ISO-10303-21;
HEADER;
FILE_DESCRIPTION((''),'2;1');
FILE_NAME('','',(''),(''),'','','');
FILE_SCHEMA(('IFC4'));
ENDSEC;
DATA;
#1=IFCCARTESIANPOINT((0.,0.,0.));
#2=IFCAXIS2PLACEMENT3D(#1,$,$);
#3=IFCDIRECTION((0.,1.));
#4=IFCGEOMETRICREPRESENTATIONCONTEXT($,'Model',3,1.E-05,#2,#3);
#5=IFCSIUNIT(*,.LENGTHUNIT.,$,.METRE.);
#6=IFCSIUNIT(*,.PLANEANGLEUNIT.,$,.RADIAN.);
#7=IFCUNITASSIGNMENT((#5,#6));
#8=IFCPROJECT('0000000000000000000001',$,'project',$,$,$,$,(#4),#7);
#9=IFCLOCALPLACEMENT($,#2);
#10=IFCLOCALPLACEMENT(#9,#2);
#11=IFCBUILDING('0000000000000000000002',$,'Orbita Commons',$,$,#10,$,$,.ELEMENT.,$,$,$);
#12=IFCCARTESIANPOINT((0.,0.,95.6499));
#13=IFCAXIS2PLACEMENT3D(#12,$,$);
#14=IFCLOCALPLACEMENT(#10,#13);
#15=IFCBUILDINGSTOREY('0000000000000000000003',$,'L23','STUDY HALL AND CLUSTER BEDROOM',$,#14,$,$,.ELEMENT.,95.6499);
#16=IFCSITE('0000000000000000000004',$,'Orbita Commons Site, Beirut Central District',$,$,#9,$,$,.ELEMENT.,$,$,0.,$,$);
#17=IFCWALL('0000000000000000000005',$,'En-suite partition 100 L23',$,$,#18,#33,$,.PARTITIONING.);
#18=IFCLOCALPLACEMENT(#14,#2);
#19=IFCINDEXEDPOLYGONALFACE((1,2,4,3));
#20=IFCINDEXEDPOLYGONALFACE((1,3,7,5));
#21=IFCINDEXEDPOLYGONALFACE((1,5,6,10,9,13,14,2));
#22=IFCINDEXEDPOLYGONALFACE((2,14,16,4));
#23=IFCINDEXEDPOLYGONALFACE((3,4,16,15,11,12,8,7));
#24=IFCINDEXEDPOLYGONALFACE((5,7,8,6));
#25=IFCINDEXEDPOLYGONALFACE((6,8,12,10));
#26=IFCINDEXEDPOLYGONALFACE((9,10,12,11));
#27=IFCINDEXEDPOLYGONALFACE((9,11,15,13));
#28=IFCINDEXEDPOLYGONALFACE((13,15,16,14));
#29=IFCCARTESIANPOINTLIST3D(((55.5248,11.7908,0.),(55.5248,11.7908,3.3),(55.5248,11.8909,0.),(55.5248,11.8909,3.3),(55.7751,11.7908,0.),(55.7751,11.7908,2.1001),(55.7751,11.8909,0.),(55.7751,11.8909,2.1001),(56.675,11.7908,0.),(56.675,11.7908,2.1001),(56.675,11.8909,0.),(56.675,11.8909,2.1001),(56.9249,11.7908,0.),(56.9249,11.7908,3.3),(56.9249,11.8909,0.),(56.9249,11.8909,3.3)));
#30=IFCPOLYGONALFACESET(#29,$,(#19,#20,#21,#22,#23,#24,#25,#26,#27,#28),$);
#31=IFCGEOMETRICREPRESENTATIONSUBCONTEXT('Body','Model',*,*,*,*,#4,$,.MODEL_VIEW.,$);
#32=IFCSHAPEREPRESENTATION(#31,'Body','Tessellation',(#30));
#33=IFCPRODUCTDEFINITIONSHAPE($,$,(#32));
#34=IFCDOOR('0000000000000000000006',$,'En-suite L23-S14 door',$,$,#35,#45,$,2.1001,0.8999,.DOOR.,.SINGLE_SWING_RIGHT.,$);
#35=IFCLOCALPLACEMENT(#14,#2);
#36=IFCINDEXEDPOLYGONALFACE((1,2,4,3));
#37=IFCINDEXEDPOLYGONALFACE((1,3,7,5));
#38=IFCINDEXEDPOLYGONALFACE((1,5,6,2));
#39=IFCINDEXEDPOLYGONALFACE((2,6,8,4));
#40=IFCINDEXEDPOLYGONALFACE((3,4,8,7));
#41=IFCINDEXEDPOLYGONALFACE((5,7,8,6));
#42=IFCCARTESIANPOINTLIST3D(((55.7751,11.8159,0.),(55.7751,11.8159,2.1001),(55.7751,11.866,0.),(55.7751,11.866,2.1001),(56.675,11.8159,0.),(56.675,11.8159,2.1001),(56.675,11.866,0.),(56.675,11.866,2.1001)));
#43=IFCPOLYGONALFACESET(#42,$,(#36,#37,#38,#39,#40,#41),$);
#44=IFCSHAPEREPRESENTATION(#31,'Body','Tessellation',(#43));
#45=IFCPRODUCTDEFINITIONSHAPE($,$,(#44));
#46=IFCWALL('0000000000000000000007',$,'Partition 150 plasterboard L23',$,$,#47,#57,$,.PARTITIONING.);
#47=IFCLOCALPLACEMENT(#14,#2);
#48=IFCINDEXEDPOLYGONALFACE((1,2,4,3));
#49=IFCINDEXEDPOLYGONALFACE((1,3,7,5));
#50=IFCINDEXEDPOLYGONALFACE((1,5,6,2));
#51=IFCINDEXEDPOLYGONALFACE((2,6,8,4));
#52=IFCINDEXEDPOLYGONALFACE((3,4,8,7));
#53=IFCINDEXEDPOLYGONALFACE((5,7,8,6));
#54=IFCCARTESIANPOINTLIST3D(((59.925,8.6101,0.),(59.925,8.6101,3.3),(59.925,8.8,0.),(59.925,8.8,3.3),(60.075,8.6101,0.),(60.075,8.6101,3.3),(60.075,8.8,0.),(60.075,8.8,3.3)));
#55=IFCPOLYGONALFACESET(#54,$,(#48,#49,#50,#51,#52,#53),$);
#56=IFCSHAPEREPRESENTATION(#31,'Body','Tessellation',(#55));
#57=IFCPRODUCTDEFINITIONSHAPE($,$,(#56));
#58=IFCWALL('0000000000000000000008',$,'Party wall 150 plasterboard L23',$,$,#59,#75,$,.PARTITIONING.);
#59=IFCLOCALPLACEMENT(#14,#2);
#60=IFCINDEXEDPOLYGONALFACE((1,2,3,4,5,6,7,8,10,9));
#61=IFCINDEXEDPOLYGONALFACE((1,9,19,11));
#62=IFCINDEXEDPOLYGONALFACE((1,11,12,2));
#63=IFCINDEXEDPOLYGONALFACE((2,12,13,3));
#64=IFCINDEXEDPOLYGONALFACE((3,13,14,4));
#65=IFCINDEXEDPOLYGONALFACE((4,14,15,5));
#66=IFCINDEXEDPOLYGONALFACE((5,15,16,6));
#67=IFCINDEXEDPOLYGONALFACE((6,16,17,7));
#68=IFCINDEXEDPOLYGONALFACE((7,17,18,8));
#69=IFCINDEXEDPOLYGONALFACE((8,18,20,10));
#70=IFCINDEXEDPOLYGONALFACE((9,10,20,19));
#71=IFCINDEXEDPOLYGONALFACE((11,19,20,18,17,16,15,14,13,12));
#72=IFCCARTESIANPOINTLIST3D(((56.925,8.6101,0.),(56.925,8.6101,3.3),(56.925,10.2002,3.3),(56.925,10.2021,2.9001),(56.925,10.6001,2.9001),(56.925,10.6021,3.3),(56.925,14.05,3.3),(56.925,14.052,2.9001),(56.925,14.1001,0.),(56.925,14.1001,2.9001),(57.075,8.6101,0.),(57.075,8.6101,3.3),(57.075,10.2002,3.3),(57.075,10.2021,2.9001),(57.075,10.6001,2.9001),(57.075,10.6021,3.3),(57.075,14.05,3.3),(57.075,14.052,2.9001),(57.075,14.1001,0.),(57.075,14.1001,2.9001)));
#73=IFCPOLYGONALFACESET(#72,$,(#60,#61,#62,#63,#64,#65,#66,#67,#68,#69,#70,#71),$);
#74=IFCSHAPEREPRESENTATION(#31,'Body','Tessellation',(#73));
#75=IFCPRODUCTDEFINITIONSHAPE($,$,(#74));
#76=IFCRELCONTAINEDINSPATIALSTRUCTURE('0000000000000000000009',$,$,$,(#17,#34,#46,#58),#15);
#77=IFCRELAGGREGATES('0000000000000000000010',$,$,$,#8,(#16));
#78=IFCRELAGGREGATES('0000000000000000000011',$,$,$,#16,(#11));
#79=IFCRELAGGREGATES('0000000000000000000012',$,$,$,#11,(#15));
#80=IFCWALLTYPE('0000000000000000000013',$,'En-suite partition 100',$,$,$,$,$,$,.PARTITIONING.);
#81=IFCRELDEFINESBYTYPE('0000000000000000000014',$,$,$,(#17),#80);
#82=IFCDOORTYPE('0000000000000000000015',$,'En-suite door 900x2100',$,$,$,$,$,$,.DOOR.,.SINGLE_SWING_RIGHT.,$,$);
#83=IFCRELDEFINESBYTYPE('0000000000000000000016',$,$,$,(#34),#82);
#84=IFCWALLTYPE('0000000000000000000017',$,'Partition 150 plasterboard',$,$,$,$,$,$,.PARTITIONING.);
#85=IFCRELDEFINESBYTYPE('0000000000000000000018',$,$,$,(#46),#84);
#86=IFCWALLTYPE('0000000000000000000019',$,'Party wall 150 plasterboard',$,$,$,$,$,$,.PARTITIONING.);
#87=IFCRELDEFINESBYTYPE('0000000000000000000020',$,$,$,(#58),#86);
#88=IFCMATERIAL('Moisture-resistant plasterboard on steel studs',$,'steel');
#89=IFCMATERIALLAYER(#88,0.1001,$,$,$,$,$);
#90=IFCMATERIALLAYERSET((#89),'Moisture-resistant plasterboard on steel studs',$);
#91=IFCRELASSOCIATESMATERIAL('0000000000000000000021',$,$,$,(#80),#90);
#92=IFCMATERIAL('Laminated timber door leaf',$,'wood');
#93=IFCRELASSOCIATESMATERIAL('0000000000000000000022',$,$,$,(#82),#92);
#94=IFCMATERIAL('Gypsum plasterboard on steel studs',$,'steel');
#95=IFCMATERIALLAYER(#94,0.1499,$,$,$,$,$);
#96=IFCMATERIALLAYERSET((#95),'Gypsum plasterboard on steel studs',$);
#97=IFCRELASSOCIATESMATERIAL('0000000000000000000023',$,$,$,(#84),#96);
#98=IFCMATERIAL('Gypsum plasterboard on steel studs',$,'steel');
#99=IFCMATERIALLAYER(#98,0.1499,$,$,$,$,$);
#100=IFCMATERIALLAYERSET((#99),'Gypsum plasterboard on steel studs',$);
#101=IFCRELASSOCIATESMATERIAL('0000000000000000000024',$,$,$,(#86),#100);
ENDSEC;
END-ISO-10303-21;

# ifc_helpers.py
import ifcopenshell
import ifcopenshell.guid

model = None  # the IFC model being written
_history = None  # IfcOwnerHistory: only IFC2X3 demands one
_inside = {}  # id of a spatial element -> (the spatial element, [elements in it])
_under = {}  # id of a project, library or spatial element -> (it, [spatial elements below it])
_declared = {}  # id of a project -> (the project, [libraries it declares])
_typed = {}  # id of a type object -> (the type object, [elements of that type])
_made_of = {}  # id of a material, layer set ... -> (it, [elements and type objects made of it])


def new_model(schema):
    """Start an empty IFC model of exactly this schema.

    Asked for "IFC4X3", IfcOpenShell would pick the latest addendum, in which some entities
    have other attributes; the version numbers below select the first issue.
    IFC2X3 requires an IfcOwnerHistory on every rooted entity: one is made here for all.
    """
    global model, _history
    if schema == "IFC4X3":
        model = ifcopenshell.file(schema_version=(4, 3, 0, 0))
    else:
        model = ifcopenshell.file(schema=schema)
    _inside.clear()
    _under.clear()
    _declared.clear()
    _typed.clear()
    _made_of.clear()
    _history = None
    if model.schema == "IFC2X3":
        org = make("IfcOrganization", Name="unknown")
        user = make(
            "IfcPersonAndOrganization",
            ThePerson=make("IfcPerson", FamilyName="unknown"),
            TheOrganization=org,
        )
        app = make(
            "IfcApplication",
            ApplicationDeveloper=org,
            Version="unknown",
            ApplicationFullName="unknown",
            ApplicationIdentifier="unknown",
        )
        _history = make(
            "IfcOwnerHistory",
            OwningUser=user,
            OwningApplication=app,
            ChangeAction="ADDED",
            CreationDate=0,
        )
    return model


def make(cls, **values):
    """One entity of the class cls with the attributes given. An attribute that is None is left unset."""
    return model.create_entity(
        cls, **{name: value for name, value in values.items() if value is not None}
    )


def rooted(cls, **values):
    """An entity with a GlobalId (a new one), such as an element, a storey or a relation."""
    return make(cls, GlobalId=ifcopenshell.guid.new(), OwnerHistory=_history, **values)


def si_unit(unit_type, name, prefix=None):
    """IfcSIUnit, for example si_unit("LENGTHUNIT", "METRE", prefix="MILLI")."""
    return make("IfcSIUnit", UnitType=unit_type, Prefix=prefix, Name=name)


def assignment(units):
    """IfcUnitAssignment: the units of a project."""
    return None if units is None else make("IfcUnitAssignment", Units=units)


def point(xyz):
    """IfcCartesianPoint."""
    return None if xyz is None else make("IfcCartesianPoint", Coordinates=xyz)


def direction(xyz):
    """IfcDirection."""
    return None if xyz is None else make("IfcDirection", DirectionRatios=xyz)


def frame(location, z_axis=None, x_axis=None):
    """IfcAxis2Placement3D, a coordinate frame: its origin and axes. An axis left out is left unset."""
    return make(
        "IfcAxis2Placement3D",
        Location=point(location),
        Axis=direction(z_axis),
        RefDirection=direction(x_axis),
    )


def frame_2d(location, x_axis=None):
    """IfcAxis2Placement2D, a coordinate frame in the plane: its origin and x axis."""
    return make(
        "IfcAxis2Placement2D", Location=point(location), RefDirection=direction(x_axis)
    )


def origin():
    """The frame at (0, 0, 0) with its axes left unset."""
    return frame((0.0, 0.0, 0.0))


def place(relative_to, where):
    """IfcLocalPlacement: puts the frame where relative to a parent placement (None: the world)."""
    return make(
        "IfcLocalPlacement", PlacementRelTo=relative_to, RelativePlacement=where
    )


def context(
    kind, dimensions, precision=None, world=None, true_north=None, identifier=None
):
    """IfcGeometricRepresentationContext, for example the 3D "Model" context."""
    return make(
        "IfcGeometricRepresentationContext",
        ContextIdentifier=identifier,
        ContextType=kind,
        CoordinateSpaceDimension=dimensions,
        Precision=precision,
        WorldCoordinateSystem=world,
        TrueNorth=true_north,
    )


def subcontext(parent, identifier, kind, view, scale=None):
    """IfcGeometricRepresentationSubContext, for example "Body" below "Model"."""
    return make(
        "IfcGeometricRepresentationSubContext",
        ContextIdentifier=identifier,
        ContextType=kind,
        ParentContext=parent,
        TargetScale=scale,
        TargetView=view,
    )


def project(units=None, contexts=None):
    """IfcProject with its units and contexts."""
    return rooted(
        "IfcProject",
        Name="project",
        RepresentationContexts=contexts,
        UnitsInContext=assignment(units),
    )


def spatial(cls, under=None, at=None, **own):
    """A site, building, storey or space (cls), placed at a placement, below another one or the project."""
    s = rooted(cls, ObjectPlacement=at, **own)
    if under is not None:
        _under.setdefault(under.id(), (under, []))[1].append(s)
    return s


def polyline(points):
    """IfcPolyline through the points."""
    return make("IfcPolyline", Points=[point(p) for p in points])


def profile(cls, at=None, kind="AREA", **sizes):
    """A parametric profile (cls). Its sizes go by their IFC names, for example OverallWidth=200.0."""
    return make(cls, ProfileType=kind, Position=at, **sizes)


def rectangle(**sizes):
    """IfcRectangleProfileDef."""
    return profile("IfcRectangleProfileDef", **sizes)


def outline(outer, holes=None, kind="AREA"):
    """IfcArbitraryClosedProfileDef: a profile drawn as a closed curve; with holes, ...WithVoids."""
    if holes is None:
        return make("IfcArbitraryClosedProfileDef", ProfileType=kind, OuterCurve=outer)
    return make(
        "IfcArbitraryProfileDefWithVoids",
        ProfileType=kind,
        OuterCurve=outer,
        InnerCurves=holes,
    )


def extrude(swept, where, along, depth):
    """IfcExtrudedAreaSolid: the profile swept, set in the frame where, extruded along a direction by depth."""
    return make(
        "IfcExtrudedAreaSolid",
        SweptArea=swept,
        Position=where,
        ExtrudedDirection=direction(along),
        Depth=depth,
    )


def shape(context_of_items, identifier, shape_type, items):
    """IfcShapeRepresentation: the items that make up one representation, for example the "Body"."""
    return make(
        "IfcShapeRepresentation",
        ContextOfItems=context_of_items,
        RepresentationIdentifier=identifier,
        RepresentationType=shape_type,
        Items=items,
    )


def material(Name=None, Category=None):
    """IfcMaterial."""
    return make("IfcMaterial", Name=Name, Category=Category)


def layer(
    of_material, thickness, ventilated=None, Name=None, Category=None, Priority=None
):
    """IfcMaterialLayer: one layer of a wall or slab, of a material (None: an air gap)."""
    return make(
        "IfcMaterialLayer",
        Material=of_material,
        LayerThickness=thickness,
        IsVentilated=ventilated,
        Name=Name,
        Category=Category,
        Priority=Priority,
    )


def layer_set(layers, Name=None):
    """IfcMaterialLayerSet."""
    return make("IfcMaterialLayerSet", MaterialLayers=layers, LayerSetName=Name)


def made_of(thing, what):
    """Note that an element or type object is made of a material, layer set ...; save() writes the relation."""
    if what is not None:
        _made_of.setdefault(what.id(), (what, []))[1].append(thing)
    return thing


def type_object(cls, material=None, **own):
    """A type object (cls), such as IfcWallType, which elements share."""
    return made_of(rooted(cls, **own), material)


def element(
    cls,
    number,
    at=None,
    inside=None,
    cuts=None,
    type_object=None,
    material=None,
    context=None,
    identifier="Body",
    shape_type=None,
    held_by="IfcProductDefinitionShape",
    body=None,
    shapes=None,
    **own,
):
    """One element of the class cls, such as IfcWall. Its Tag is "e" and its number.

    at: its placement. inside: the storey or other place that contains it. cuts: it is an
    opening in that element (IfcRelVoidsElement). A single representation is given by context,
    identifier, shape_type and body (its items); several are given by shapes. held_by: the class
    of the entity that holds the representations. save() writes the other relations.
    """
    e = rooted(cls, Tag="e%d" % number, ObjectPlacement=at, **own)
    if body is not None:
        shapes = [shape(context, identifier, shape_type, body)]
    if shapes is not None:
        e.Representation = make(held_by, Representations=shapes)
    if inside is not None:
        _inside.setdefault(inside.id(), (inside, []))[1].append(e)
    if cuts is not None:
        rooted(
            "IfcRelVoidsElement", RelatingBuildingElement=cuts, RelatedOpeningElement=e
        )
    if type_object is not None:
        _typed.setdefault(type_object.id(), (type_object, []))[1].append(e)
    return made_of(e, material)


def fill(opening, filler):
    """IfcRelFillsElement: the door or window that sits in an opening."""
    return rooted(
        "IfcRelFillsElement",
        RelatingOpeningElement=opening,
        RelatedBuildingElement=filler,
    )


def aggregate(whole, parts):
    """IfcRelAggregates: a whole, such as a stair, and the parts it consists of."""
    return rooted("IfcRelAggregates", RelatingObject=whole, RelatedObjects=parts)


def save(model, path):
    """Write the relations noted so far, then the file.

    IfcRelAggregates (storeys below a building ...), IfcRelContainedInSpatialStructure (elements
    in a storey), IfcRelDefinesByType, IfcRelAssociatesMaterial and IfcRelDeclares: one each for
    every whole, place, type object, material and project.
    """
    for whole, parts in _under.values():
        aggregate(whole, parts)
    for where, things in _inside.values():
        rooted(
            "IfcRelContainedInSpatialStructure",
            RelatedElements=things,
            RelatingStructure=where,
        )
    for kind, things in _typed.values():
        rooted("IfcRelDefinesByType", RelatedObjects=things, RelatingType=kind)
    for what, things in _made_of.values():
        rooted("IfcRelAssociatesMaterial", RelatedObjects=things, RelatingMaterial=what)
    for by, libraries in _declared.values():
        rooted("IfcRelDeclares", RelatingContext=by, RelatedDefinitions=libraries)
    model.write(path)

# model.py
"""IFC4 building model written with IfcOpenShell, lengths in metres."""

from ifc_helpers import new_model, si_unit, direction, frame, frame_2d, origin, place, context, subcontext, project, spatial, polyline, rectangle, outline, extrude, material, layer, layer_set, type_object, element, fill, save


model = new_model("IFC4")

# Units and contexts
model_context = context("Model", 3, precision=1e-05, world=origin(), true_north=direction((0.0, 1.0)))
body_context = subcontext(model_context, "Body", "Model", "MODEL_VIEW")
ifc_project = project(units=[si_unit("LENGTHUNIT", "METRE"), si_unit("PLANEANGLEUNIT", "RADIAN")], contexts=[model_context])

# Site, building, storey
site_placement = place(None, origin())
site = spatial("IfcSite", under=ifc_project, at=site_placement, Name="Orbita Commons Site, Beirut Central District", CompositionType="ELEMENT", RefElevation=0.0)
building_placement = place(site_placement, origin())
building = spatial("IfcBuilding", under=site, at=building_placement, Name="Orbita Commons", CompositionType="ELEMENT")
storey_placement = place(building_placement, frame((0.0, 0.0, 95.6499)))
storey = spatial("IfcBuildingStorey", under=building, at=storey_placement, Name="L23", Description="STUDY HALL AND CLUSTER BEDROOM", CompositionType="ELEMENT", Elevation=95.6499)

# Wall, opening, door
ifc_material_1 = material(Name="Moisture-resistant plasterboard on steel studs", Category="steel")
ifc_layer_1 = layer(ifc_material_1, 0.1001)
ifc_layer_set_1 = layer_set([ifc_layer_1], Name="Moisture-resistant plasterboard on steel studs")
wall_type_1 = type_object("IfcWallType", Name="En-suite partition 100", PredefinedType="PARTITIONING", material=ifc_layer_set_1)
wall_1_placement = place(storey_placement, frame((56.925, 11.8408, 0.0), z_axis=(0.0, 0.0, 1.0), x_axis=(-1.0, 0.0, 0.0)))
wall_1 = element("IfcWall", 1, at=wall_1_placement, inside=storey, type_object=wall_type_1, Name="En-suite partition 100 L23", PredefinedType="PARTITIONING", context=body_context, shape_type="SweptSolid", body=[
    extrude(rectangle(XDim=1.4001, YDim=0.1001, at=frame_2d((0.7002, 0.0))), origin(), (0.0, 0.0, 1.0), 3.3),
])
opening_placement = place(wall_1_placement, frame((0.25, 0.0, 0.0)))
opening = element("IfcOpeningElement", 2, at=opening_placement, cuts=wall_1, PredefinedType="OPENING", context=body_context, shape_type="SweptSolid", body=[
    extrude(rectangle(XDim=0.8999, YDim=2.1001, at=frame_2d((0.45, 1.05))), frame((0.0, 0.0601, 0.0), z_axis=(0.0, -1.0, 0.0), x_axis=(1.0, 0.0, 0.0)), (0.0, 0.0, 1.0), 0.1201),
])
ifc_material_2 = material(Name="Laminated timber door leaf", Category="wood")
door_type = type_object("IfcDoorType", Name="En-suite door 900x2100", OperationType="SINGLE_SWING_RIGHT", PredefinedType="DOOR", material=ifc_material_2)
door_placement = place(opening_placement, origin())
door = element("IfcDoor", 3, at=door_placement, inside=storey, type_object=door_type, Name="En-suite L23-S14 door", OperationType="SINGLE_SWING_RIGHT", OverallHeight=2.1001, OverallWidth=0.8999, PredefinedType="DOOR", context=body_context, shape_type="SweptSolid", body=[
    extrude(rectangle(XDim=0.8999, YDim=2.1001, at=frame_2d((0.45, 1.05))), frame((0.0, 0.0249, 0.0), z_axis=(0.0, -1.0, 0.0), x_axis=(1.0, 0.0, 0.0)), (0.0, 0.0, 1.0), 0.05),
])
fill(opening, door)

# Walls
ifc_material_3 = material(Name="Gypsum plasterboard on steel studs", Category="steel")
ifc_layer_2 = layer(ifc_material_3, 0.1499)
ifc_layer_set_2 = layer_set([ifc_layer_2], Name="Gypsum plasterboard on steel studs")
wall_type_2 = type_object("IfcWallType", Name="Partition 150 plasterboard", PredefinedType="PARTITIONING", material=ifc_layer_set_2)
wall_2_placement = place(storey_placement, frame((60.0, 8.8, 0.0), z_axis=(0.0, 0.0, 1.0), x_axis=(0.0, -1.0, 0.0)))
element("IfcWall", 4, at=wall_2_placement, inside=storey, type_object=wall_type_2, Name="Partition 150 plasterboard L23", PredefinedType="PARTITIONING", context=body_context, shape_type="SweptSolid", body=[
    extrude(rectangle(XDim=0.1899, YDim=0.1499, at=frame_2d((0.095, 0.0))), origin(), (0.0, 0.0, 1.0), 3.3),
])
ifc_material_4 = material(Name="Gypsum plasterboard on steel studs", Category="steel")
ifc_layer_3 = layer(ifc_material_4, 0.1499)
ifc_layer_set_3 = layer_set([ifc_layer_3], Name="Gypsum plasterboard on steel studs")
wall_type_3 = type_object("IfcWallType", Name="Party wall 150 plasterboard", PredefinedType="PARTITIONING", material=ifc_layer_set_3)
wall_3_placement = place(storey_placement, frame((57.0, 8.6101, 0.0), z_axis=(0.0, 0.0, 1.0), x_axis=(0.0, 1.0, 0.0)))
element("IfcWall", 5, at=wall_3_placement, inside=storey, type_object=wall_type_3, Name="Party wall 150 plasterboard L23", PredefinedType="PARTITIONING", context=body_context, shape_type="SweptSolid", body=[
    extrude(outline(polyline([(0.0, 0.0), (5.49, 0.0), (5.49, 2.9001), (5.4419, 2.9001), (5.4399, 3.3), (1.9919, 3.3), (1.99, 2.9001), (1.592, 2.9001), (1.5901, 3.3), (0.0, 3.3), (0.0, 0.0)])), frame((0.0, 0.075, 0.0), z_axis=(0.0, -1.0, 0.0), x_axis=(1.0, 0.0, 0.0)), (0.0, 0.0, 1.0), 0.1499),
])

save(model, "model.ifc")
